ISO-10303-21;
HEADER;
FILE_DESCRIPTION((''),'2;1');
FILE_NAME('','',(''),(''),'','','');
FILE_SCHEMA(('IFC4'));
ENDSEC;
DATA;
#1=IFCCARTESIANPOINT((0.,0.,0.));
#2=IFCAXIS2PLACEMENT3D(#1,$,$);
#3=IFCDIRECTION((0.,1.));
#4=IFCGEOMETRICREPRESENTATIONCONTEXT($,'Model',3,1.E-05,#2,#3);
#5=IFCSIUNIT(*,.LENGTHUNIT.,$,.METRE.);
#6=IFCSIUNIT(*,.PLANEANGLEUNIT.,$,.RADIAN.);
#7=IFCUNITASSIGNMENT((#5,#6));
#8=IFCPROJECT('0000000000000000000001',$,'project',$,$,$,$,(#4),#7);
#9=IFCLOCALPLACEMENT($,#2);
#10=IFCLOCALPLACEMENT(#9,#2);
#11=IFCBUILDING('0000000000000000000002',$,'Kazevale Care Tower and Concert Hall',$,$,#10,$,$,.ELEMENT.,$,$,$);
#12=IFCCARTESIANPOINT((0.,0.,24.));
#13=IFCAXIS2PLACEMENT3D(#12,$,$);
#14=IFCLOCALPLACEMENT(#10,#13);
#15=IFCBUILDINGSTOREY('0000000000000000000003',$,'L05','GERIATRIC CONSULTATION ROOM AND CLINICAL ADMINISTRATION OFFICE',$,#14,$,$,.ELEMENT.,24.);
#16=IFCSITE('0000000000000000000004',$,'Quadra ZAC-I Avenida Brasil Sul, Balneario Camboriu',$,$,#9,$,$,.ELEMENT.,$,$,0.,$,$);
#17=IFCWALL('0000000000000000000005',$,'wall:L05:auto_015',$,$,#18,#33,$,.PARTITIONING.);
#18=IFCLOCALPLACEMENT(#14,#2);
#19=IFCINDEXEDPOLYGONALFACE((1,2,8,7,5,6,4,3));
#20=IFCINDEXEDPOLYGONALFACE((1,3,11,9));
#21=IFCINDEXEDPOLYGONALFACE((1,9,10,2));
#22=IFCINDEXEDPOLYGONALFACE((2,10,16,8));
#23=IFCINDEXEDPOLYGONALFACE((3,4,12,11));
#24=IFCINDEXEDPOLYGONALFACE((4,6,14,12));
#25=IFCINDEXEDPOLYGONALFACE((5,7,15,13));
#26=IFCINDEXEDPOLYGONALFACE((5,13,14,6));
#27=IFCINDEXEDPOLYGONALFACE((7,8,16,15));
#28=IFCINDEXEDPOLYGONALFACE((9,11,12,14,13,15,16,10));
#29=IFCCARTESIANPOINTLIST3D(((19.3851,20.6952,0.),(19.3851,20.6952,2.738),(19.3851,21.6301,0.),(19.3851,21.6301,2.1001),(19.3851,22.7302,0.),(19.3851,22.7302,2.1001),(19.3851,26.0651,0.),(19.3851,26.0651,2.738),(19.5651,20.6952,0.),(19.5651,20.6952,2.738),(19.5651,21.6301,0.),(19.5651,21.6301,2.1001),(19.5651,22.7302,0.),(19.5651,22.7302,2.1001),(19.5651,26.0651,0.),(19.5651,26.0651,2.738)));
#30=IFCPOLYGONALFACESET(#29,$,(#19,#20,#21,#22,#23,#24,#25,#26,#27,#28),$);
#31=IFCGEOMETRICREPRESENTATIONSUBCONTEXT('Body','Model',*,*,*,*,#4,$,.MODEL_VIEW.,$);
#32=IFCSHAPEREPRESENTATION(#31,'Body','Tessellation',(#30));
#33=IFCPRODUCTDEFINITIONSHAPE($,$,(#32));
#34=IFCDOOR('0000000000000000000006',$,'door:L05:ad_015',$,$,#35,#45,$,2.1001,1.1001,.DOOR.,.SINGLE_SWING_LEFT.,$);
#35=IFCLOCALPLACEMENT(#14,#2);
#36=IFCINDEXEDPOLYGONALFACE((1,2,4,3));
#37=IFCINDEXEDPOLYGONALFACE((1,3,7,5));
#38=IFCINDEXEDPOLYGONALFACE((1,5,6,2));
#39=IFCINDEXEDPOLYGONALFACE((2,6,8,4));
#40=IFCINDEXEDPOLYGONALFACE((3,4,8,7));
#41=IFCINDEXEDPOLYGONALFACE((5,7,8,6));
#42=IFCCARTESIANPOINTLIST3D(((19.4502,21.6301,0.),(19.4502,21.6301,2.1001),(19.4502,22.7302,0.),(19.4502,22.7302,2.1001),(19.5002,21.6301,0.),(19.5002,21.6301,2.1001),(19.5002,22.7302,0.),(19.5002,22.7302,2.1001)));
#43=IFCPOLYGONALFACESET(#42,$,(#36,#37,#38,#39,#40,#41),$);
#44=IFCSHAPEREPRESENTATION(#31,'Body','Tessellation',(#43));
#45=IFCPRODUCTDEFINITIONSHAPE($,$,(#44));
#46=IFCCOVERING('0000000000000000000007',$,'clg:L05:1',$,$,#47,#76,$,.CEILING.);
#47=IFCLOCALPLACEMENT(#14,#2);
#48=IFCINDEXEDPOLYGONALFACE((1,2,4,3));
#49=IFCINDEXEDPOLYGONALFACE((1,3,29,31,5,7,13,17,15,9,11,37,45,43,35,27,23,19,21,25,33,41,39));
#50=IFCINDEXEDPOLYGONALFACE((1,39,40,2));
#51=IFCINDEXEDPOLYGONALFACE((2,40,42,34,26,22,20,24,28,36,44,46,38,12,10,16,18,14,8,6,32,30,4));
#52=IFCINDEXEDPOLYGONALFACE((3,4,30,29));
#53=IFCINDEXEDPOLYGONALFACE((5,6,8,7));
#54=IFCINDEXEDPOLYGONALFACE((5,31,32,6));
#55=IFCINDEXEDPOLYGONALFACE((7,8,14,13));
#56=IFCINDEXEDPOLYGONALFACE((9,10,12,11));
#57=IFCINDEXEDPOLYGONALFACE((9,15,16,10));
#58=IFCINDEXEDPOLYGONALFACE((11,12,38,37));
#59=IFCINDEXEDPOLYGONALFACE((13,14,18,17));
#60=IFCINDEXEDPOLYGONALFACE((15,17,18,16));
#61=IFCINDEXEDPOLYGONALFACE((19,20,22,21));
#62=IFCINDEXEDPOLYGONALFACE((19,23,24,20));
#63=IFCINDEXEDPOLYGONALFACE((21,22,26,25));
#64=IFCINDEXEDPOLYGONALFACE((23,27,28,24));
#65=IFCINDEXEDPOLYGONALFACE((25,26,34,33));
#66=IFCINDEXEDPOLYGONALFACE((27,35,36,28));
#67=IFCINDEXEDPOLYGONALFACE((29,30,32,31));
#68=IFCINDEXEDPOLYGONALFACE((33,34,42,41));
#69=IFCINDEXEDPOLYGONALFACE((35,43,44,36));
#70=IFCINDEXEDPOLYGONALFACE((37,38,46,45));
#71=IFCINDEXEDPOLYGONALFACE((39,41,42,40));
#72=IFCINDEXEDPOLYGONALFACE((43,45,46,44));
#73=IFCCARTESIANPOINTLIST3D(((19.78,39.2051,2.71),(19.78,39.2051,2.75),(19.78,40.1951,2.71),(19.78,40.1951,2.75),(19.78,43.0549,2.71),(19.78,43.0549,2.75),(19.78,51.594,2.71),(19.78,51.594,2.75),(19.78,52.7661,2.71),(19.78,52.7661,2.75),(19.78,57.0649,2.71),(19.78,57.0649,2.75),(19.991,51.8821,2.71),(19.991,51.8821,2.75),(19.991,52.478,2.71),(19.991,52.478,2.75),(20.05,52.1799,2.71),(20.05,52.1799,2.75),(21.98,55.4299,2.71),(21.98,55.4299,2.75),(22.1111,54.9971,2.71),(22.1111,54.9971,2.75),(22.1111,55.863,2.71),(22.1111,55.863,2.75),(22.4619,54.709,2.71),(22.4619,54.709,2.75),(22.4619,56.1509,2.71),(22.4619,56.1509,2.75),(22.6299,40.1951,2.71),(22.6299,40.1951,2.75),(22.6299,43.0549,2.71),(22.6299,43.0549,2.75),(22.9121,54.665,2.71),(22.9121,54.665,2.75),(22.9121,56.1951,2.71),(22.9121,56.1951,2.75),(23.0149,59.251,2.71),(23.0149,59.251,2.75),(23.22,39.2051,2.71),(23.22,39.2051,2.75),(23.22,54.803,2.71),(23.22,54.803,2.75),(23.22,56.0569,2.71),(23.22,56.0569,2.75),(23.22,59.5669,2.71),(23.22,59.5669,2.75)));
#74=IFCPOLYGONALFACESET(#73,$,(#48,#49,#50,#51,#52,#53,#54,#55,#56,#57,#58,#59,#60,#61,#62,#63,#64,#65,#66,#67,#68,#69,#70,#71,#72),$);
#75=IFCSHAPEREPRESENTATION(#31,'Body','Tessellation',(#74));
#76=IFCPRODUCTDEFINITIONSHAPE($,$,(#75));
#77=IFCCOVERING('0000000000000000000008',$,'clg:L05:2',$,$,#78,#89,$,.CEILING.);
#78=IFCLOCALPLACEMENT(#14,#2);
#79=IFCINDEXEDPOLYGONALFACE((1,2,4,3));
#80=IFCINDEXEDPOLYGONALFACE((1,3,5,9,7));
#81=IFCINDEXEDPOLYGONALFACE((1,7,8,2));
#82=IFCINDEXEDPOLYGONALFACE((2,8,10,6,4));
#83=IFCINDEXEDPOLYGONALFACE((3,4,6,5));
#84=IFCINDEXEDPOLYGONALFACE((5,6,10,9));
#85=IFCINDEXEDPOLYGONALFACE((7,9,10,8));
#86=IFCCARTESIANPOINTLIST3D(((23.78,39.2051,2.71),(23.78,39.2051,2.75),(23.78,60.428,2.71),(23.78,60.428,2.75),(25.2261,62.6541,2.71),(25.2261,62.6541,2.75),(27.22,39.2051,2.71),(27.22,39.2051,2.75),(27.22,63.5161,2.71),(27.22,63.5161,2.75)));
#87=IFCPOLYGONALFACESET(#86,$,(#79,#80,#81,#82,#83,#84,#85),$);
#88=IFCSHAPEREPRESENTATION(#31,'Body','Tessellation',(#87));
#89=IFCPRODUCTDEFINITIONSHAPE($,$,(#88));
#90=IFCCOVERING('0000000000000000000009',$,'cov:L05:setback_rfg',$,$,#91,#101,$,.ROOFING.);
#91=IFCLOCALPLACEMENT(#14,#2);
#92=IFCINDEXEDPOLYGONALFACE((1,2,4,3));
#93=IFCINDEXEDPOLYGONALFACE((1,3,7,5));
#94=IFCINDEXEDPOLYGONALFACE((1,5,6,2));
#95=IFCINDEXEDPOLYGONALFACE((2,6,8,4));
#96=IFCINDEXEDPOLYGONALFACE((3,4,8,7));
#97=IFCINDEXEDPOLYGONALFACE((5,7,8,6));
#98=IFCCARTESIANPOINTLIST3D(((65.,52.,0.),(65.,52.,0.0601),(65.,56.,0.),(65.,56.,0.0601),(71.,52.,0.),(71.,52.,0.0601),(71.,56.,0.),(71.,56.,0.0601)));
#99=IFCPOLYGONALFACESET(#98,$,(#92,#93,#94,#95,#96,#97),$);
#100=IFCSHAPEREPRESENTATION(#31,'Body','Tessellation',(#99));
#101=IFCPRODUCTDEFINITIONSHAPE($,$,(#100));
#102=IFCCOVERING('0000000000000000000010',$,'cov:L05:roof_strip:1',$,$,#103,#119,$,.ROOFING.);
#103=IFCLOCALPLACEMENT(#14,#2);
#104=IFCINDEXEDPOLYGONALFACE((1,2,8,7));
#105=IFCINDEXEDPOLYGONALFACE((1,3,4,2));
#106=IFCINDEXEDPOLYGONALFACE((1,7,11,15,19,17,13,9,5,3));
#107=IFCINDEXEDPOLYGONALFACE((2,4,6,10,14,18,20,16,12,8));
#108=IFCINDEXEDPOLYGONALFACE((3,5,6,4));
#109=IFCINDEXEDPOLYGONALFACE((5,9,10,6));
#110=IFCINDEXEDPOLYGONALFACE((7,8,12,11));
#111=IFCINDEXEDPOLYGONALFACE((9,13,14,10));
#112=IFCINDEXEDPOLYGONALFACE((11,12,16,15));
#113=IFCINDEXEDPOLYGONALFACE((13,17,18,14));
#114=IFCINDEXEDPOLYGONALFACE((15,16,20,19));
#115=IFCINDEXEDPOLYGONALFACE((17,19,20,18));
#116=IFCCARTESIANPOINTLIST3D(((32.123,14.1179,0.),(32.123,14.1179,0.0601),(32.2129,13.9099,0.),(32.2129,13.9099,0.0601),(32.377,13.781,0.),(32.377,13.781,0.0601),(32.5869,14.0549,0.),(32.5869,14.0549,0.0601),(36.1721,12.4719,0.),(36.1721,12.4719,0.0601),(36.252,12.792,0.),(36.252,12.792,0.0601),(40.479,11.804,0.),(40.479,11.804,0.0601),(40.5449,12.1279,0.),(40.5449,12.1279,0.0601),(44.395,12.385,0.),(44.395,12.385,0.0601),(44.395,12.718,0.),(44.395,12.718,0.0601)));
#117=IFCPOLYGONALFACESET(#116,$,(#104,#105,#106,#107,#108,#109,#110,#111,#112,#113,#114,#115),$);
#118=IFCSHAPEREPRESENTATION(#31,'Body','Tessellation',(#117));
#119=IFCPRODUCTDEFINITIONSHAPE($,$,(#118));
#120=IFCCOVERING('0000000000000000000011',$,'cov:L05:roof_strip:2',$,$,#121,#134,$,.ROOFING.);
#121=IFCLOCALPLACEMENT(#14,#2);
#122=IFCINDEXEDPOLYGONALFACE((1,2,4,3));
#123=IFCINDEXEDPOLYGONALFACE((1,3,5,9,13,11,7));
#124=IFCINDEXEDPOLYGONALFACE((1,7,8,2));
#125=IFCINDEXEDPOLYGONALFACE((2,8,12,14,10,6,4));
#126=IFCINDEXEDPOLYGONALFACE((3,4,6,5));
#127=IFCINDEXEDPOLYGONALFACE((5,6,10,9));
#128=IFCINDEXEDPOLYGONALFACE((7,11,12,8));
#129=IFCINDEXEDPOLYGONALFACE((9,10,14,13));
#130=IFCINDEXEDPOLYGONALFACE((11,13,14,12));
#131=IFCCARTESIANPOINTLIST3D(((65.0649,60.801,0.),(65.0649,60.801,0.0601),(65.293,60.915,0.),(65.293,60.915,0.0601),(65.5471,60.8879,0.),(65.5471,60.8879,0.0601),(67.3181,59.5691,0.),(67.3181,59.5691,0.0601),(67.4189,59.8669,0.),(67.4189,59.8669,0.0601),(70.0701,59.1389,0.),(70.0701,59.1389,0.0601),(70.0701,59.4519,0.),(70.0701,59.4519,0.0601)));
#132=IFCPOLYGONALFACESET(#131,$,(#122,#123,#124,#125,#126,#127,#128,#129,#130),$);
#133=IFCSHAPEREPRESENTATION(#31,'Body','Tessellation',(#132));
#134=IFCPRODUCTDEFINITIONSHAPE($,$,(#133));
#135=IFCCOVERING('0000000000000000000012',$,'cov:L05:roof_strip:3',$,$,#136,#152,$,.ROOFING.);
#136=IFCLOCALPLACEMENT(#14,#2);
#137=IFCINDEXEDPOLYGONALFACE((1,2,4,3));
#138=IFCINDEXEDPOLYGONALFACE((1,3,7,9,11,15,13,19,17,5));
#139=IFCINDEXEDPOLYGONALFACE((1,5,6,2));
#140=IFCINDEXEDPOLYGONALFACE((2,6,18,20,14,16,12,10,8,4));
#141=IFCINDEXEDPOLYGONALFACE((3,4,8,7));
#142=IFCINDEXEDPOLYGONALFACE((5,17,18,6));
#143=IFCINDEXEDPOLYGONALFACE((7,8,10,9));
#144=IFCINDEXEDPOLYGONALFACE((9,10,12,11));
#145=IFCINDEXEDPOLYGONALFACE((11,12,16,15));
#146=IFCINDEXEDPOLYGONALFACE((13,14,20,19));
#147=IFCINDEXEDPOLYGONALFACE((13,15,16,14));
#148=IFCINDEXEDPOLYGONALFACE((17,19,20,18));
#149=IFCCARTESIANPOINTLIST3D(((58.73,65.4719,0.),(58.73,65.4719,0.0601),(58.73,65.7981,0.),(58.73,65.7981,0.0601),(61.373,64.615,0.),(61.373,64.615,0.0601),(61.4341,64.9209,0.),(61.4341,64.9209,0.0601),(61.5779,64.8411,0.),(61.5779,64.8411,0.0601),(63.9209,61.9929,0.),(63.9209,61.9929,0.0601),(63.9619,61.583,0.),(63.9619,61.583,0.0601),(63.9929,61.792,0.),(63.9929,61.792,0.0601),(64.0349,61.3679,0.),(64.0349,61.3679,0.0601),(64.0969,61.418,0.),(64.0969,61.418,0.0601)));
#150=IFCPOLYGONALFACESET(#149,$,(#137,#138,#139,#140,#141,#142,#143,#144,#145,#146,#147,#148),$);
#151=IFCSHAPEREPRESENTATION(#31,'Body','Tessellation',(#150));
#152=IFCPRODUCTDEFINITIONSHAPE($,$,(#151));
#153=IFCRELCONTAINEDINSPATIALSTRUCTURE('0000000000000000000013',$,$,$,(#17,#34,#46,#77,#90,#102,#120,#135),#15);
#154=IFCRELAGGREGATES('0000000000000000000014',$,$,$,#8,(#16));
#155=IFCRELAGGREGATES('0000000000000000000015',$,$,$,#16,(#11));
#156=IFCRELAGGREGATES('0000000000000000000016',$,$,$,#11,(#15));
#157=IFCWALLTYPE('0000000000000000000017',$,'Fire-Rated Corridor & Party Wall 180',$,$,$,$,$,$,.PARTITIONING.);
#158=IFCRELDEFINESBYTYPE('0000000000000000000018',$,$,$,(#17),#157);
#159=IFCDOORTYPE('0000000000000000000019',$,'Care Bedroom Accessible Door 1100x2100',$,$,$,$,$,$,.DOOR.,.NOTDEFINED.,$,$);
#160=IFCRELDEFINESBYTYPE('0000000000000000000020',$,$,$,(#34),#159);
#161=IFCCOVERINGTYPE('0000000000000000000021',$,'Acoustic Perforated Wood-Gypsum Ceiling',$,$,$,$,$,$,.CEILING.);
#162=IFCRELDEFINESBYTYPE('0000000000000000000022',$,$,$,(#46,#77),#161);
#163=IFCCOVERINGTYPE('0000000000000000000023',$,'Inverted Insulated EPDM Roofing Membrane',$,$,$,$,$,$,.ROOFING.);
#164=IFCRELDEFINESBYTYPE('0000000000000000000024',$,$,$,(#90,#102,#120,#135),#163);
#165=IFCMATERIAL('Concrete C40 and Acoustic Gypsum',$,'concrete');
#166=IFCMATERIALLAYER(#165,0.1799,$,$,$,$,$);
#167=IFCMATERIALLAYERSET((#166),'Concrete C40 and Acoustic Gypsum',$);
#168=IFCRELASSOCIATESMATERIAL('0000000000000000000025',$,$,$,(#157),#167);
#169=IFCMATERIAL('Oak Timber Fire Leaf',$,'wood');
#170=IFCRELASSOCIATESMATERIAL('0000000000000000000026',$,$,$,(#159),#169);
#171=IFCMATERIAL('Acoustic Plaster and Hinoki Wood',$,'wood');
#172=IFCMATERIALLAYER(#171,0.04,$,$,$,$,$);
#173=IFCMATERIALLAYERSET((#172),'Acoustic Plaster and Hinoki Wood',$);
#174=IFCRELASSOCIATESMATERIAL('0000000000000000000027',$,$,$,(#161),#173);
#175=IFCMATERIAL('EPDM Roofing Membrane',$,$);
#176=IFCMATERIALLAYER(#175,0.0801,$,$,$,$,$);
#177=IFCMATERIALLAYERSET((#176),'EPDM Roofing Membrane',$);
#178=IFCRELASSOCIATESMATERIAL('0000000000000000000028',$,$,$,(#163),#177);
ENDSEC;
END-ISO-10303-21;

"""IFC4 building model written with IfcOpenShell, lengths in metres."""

from ifc_helpers import new_model, si_unit, direction, frame, frame_2d, origin, place, context, subcontext, project, spatial, polyline, rectangle, outline, extrude, material, layer, layer_set, type_object, element, fill, save


model = new_model("IFC4")

# Units and contexts
model_context = context("Model", 3, precision=1e-05, world=origin(), true_north=direction((0.0, 1.0)))
body_context = subcontext(model_context, "Body", "Model", "MODEL_VIEW")
ifc_project = project(units=[si_unit("LENGTHUNIT", "METRE"), si_unit("PLANEANGLEUNIT", "RADIAN")], contexts=[model_context])

# Site, building, storey
site_placement = place(None, origin())
site = spatial("IfcSite", under=ifc_project, at=site_placement, Name="Quadra ZAC-I Avenida Brasil Sul, Balneario Camboriu", CompositionType="ELEMENT", RefElevation=0.0)
building_placement = place(site_placement, origin())
building = spatial("IfcBuilding", under=site, at=building_placement, Name="Kazevale Care Tower and Concert Hall", CompositionType="ELEMENT")
storey_placement = place(building_placement, frame((0.0, 0.0, 24.0)))
storey = spatial("IfcBuildingStorey", under=building, at=storey_placement, Name="L05", Description="GERIATRIC CONSULTATION ROOM AND CLINICAL ADMINISTRATION OFFICE", CompositionType="ELEMENT", Elevation=24.0)

# Wall, opening, door
ifc_material_1 = material(Name="Concrete C40 and Acoustic Gypsum", Category="concrete")
ifc_layer_1 = layer(ifc_material_1, 0.1799)
ifc_layer_set_1 = layer_set([ifc_layer_1], Name="Concrete C40 and Acoustic Gypsum")
wall_type = type_object("IfcWallType", Name="Fire-Rated Corridor & Party Wall 180", PredefinedType="PARTITIONING", material=ifc_layer_set_1)
wall_placement = place(storey_placement, frame((19.4751, 20.6951, 0.0), z_axis=(0.0, 0.0, 1.0), x_axis=(0.0, 1.0, 0.0)))
wall = element("IfcWall", 1, at=wall_placement, inside=storey, type_object=wall_type, Name="wall:L05:auto_015", PredefinedType="PARTITIONING", context=body_context, shape_type="SweptSolid", body=[
    extrude(rectangle(XDim=5.3699, YDim=0.1799, at=frame_2d((2.6851, 0.0))), origin(), (0.0, 0.0, 1.0), 2.738),
])
opening_placement = place(wall_placement, frame((0.9351, 0.0, 0.0)))
opening = element("IfcOpeningElement", 2, at=opening_placement, cuts=wall, PredefinedType="OPENING", context=body_context, shape_type="SweptSolid", body=[
    extrude(rectangle(XDim=1.1001, YDim=2.1001, at=frame_2d((0.55, 1.05))), frame((0.0, 0.0999, 0.0), z_axis=(0.0, -1.0, 0.0), x_axis=(1.0, 0.0, 0.0)), (0.0, 0.0, 1.0), 0.2),
])
ifc_material_2 = material(Name="Oak Timber Fire Leaf", Category="wood")
door_type = type_object("IfcDoorType", Name="Care Bedroom Accessible Door 1100x2100", OperationType="NOTDEFINED", PredefinedType="DOOR", material=ifc_material_2)
door_placement = place(opening_placement, origin())
door = element("IfcDoor", 3, at=door_placement, inside=storey, type_object=door_type, Name="door:L05:ad_015", OperationType="SINGLE_SWING_LEFT", OverallHeight=2.1001, OverallWidth=1.1001, PredefinedType="DOOR", context=body_context, shape_type="SweptSolid", body=[
    extrude(rectangle(XDim=1.1001, YDim=2.1001, at=frame_2d((0.55, 1.05))), frame((0.0, 0.0249, 0.0), z_axis=(0.0, -1.0, 0.0), x_axis=(1.0, 0.0, 0.0)), (0.0, 0.0, 1.0), 0.05),
])
fill(opening, door)

# Coverings
ifc_material_3 = material(Name="Acoustic Plaster and Hinoki Wood", Category="wood")
ifc_layer_2 = layer(ifc_material_3, 0.04)
ifc_layer_set_2 = layer_set([ifc_layer_2], Name="Acoustic Plaster and Hinoki Wood")
covering_type_1 = type_object("IfcCoveringType", Name="Acoustic Perforated Wood-Gypsum Ceiling", PredefinedType="CEILING", material=ifc_layer_set_2)
covering_1_placement = place(storey_placement, frame((0.0, 0.0, 2.71)))
element("IfcCovering", 4, at=covering_1_placement, inside=storey, type_object=covering_type_1, Name="clg:L05:1", PredefinedType="CEILING", context=body_context, shape_type="SweptSolid", body=[
    extrude(outline(polyline([(22.6299, 43.0549), (19.78, 43.0549), (19.78, 51.594), (19.991, 51.8821), (20.05, 52.1799), (19.991, 52.478), (19.78, 52.7661), (19.78, 57.0649), (23.0149, 59.251), (23.22, 59.5669), (23.22, 56.0569), (22.9121, 56.1951), (22.4619, 56.1509), (22.1111, 55.863), (21.98, 55.4299), (22.1111, 54.9971), (22.4619, 54.709), (22.9121, 54.665), (23.22, 54.803), (23.22, 39.2051), (19.78, 39.2051), (19.78, 40.1951), (22.6299, 40.1951), (22.6299, 43.0549)])), origin(), (0.0, 0.0, 1.0), 0.04),
])
covering_2_placement = place(storey_placement, frame((0.0, 0.0, 2.71)))
element("IfcCovering", 5, at=covering_2_placement, inside=storey, type_object=covering_type_1, Name="clg:L05:2", PredefinedType="CEILING", context=body_context, shape_type="SweptSolid", body=[
    extrude(outline(polyline([(27.22, 39.2051), (23.78, 39.2051), (23.78, 60.428), (25.2261, 62.6541), (27.22, 63.5161), (27.22, 39.2051)])), origin(), (0.0, 0.0, 1.0), 0.04),
])
ifc_material_4 = material(Name="EPDM Roofing Membrane")
ifc_layer_3 = layer(ifc_material_4, 0.0801)
ifc_layer_set_3 = layer_set([ifc_layer_3], Name="EPDM Roofing Membrane")
covering_type_2 = type_object("IfcCoveringType", Name="Inverted Insulated EPDM Roofing Membrane", PredefinedType="ROOFING", material=ifc_layer_set_3)
covering_3_placement = place(storey_placement, origin())
element("IfcCovering", 6, at=covering_3_placement, inside=storey, type_object=covering_type_2, Name="cov:L05:setback_rfg", PredefinedType="ROOFING", context=body_context, shape_type="SweptSolid", body=[
    extrude(outline(polyline([(65.0, 56.0), (71.0, 56.0), (71.0, 52.0), (65.0, 52.0), (65.0, 56.0)])), origin(), (0.0, 0.0, 1.0), 0.0601),
])
covering_4_placement = place(storey_placement, origin())
element("IfcCovering", 7, at=covering_4_placement, inside=storey, type_object=covering_type_2, Name="cov:L05:roof_strip:1", PredefinedType="ROOFING", context=body_context, shape_type="SweptSolid", body=[
    extrude(outline(polyline([(32.5869, 14.0549), (32.123, 14.1179), (32.2129, 13.9099), (32.377, 13.781), (36.1721, 12.4719), (40.479, 11.804), (44.395, 12.385), (44.395, 12.718), (40.5449, 12.1279), (36.252, 12.792), (32.5869, 14.0549)])), origin(), (0.0, 0.0, 1.0), 0.0601),
])
covering_5_placement = place(storey_placement, origin())
element("IfcCovering", 8, at=covering_5_placement, inside=storey, type_object=covering_type_2, Name="cov:L05:roof_strip:2", PredefinedType="ROOFING", context=body_context, shape_type="SweptSolid", body=[
    extrude(outline(polyline([(70.0701, 59.1389), (70.0701, 59.4519), (67.4189, 59.8669), (65.5471, 60.8879), (65.293, 60.915), (65.0649, 60.801), (67.3181, 59.5691), (70.0701, 59.1389)])), origin(), (0.0, 0.0, 1.0), 0.0601),
])
covering_6_placement = place(storey_placement, origin())
element("IfcCovering", 9, at=covering_6_placement, inside=storey, type_object=covering_type_2, Name="cov:L05:roof_strip:3", PredefinedType="ROOFING", context=body_context, shape_type="SweptSolid", body=[
    extrude(outline(polyline([(61.373, 64.615), (64.0349, 61.3679), (64.0969, 61.418), (63.9619, 61.583), (63.9929, 61.792), (63.9209, 61.9929), (61.5779, 64.8411), (61.4341, 64.9209), (58.73, 65.7981), (58.73, 65.4719), (61.373, 64.615)])), origin(), (0.0, 0.0, 1.0), 0.0601),
])

save(model, "model.ifc")
